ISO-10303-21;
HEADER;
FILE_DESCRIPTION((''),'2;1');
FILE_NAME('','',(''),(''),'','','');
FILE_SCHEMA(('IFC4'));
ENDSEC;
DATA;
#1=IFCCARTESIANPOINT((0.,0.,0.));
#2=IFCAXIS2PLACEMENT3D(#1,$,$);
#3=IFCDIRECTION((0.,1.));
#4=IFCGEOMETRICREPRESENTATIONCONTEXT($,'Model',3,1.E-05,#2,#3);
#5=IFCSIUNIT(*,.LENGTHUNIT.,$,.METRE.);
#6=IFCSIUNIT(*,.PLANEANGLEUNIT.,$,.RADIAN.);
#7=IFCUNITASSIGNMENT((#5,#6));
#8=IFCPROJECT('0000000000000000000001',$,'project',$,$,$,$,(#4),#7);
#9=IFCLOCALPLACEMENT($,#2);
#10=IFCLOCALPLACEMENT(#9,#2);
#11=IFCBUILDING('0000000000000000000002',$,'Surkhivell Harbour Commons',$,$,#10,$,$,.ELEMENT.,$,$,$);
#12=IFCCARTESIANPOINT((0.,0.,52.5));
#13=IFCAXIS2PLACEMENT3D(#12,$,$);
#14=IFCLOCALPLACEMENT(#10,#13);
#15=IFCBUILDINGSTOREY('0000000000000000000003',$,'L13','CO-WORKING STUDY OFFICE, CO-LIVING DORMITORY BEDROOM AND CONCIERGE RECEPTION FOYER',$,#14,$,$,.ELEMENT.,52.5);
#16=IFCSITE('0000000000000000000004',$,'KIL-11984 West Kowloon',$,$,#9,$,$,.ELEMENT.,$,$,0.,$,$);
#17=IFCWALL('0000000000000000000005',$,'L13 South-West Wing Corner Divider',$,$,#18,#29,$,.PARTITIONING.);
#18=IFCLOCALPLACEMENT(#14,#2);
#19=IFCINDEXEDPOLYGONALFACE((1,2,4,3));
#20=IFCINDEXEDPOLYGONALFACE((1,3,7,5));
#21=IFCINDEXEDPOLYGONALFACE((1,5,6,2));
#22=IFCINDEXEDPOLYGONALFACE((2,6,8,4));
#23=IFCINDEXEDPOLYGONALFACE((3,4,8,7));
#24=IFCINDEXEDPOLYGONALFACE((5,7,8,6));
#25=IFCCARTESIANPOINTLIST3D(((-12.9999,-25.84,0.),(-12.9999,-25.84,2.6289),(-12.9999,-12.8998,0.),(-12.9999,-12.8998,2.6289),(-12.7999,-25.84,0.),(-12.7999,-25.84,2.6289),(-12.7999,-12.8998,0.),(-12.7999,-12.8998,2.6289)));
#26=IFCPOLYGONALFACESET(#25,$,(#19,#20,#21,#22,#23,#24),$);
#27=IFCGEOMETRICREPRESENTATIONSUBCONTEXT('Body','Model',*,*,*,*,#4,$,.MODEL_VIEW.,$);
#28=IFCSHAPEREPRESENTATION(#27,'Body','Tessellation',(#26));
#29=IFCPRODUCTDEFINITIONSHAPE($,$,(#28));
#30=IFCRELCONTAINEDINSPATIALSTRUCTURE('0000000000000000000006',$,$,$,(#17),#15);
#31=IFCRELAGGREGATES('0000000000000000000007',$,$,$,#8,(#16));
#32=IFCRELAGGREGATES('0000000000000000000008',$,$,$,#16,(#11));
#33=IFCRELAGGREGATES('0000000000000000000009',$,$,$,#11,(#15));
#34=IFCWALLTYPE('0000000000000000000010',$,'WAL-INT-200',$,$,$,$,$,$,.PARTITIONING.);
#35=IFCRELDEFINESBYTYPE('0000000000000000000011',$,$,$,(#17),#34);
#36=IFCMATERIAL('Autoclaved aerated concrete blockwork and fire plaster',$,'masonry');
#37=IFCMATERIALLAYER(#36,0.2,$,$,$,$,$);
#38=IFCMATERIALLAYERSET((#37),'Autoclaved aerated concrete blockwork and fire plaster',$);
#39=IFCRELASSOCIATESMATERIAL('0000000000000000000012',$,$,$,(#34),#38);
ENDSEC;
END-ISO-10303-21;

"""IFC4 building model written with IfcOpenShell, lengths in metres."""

from ifc_helpers import new_model, si_unit, direction, frame, frame_2d, origin, place, context, subcontext, project, spatial, rectangle, extrude, material, layer, layer_set, type_object, element, save


model = new_model("IFC4")

# Units and contexts
model_context = context("Model", 3, precision=1e-05, world=origin(), true_north=direction((0.0, 1.0)))
body_context = subcontext(model_context, "Body", "Model", "MODEL_VIEW")
ifc_project = project(units=[si_unit("LENGTHUNIT", "METRE"), si_unit("PLANEANGLEUNIT", "RADIAN")], contexts=[model_context])

# Site, building, storey
site_placement = place(None, origin())
site = spatial("IfcSite", under=ifc_project, at=site_placement, Name="KIL-11984 West Kowloon", CompositionType="ELEMENT", RefElevation=0.0)
building_placement = place(site_placement, origin())
building = spatial("IfcBuilding", under=site, at=building_placement, Name="Surkhivell Harbour Commons", CompositionType="ELEMENT")
storey_placement = place(building_placement, frame((0.0, 0.0, 52.5)))
storey = spatial("IfcBuildingStorey", under=building, at=storey_placement, Name="L13", Description="CO-WORKING STUDY OFFICE, CO-LIVING DORMITORY BEDROOM AND CONCIERGE RECEPTION FOYER", CompositionType="ELEMENT", Elevation=52.5)

# Wall
ifc_material_1 = material(Name="Autoclaved aerated concrete blockwork and fire plaster", Category="masonry")
ifc_layer_1 = layer(ifc_material_1, 0.2)
ifc_layer_set_1 = layer_set([ifc_layer_1], Name="Autoclaved aerated concrete blockwork and fire plaster")
wall_type = type_object("IfcWallType", Name="WAL-INT-200", PredefinedType="PARTITIONING", material=ifc_layer_set_1)
wall_placement = place(storey_placement, frame((-12.8999, -25.8401, 0.0), z_axis=(0.0, 0.0, 1.0), x_axis=(0.0, 1.0, 0.0)))
element("IfcWall", 1, at=wall_placement, inside=storey, type_object=wall_type, Name="L13 South-West Wing Corner Divider", PredefinedType="PARTITIONING", context=body_context, shape_type="SweptSolid", body=[
    extrude(rectangle(XDim=12.9402, YDim=0.2, at=frame_2d((6.4702, 0.0))), origin(), (0.0, 0.0, 1.0), 2.6289),
])

save(model, "model.ifc")
